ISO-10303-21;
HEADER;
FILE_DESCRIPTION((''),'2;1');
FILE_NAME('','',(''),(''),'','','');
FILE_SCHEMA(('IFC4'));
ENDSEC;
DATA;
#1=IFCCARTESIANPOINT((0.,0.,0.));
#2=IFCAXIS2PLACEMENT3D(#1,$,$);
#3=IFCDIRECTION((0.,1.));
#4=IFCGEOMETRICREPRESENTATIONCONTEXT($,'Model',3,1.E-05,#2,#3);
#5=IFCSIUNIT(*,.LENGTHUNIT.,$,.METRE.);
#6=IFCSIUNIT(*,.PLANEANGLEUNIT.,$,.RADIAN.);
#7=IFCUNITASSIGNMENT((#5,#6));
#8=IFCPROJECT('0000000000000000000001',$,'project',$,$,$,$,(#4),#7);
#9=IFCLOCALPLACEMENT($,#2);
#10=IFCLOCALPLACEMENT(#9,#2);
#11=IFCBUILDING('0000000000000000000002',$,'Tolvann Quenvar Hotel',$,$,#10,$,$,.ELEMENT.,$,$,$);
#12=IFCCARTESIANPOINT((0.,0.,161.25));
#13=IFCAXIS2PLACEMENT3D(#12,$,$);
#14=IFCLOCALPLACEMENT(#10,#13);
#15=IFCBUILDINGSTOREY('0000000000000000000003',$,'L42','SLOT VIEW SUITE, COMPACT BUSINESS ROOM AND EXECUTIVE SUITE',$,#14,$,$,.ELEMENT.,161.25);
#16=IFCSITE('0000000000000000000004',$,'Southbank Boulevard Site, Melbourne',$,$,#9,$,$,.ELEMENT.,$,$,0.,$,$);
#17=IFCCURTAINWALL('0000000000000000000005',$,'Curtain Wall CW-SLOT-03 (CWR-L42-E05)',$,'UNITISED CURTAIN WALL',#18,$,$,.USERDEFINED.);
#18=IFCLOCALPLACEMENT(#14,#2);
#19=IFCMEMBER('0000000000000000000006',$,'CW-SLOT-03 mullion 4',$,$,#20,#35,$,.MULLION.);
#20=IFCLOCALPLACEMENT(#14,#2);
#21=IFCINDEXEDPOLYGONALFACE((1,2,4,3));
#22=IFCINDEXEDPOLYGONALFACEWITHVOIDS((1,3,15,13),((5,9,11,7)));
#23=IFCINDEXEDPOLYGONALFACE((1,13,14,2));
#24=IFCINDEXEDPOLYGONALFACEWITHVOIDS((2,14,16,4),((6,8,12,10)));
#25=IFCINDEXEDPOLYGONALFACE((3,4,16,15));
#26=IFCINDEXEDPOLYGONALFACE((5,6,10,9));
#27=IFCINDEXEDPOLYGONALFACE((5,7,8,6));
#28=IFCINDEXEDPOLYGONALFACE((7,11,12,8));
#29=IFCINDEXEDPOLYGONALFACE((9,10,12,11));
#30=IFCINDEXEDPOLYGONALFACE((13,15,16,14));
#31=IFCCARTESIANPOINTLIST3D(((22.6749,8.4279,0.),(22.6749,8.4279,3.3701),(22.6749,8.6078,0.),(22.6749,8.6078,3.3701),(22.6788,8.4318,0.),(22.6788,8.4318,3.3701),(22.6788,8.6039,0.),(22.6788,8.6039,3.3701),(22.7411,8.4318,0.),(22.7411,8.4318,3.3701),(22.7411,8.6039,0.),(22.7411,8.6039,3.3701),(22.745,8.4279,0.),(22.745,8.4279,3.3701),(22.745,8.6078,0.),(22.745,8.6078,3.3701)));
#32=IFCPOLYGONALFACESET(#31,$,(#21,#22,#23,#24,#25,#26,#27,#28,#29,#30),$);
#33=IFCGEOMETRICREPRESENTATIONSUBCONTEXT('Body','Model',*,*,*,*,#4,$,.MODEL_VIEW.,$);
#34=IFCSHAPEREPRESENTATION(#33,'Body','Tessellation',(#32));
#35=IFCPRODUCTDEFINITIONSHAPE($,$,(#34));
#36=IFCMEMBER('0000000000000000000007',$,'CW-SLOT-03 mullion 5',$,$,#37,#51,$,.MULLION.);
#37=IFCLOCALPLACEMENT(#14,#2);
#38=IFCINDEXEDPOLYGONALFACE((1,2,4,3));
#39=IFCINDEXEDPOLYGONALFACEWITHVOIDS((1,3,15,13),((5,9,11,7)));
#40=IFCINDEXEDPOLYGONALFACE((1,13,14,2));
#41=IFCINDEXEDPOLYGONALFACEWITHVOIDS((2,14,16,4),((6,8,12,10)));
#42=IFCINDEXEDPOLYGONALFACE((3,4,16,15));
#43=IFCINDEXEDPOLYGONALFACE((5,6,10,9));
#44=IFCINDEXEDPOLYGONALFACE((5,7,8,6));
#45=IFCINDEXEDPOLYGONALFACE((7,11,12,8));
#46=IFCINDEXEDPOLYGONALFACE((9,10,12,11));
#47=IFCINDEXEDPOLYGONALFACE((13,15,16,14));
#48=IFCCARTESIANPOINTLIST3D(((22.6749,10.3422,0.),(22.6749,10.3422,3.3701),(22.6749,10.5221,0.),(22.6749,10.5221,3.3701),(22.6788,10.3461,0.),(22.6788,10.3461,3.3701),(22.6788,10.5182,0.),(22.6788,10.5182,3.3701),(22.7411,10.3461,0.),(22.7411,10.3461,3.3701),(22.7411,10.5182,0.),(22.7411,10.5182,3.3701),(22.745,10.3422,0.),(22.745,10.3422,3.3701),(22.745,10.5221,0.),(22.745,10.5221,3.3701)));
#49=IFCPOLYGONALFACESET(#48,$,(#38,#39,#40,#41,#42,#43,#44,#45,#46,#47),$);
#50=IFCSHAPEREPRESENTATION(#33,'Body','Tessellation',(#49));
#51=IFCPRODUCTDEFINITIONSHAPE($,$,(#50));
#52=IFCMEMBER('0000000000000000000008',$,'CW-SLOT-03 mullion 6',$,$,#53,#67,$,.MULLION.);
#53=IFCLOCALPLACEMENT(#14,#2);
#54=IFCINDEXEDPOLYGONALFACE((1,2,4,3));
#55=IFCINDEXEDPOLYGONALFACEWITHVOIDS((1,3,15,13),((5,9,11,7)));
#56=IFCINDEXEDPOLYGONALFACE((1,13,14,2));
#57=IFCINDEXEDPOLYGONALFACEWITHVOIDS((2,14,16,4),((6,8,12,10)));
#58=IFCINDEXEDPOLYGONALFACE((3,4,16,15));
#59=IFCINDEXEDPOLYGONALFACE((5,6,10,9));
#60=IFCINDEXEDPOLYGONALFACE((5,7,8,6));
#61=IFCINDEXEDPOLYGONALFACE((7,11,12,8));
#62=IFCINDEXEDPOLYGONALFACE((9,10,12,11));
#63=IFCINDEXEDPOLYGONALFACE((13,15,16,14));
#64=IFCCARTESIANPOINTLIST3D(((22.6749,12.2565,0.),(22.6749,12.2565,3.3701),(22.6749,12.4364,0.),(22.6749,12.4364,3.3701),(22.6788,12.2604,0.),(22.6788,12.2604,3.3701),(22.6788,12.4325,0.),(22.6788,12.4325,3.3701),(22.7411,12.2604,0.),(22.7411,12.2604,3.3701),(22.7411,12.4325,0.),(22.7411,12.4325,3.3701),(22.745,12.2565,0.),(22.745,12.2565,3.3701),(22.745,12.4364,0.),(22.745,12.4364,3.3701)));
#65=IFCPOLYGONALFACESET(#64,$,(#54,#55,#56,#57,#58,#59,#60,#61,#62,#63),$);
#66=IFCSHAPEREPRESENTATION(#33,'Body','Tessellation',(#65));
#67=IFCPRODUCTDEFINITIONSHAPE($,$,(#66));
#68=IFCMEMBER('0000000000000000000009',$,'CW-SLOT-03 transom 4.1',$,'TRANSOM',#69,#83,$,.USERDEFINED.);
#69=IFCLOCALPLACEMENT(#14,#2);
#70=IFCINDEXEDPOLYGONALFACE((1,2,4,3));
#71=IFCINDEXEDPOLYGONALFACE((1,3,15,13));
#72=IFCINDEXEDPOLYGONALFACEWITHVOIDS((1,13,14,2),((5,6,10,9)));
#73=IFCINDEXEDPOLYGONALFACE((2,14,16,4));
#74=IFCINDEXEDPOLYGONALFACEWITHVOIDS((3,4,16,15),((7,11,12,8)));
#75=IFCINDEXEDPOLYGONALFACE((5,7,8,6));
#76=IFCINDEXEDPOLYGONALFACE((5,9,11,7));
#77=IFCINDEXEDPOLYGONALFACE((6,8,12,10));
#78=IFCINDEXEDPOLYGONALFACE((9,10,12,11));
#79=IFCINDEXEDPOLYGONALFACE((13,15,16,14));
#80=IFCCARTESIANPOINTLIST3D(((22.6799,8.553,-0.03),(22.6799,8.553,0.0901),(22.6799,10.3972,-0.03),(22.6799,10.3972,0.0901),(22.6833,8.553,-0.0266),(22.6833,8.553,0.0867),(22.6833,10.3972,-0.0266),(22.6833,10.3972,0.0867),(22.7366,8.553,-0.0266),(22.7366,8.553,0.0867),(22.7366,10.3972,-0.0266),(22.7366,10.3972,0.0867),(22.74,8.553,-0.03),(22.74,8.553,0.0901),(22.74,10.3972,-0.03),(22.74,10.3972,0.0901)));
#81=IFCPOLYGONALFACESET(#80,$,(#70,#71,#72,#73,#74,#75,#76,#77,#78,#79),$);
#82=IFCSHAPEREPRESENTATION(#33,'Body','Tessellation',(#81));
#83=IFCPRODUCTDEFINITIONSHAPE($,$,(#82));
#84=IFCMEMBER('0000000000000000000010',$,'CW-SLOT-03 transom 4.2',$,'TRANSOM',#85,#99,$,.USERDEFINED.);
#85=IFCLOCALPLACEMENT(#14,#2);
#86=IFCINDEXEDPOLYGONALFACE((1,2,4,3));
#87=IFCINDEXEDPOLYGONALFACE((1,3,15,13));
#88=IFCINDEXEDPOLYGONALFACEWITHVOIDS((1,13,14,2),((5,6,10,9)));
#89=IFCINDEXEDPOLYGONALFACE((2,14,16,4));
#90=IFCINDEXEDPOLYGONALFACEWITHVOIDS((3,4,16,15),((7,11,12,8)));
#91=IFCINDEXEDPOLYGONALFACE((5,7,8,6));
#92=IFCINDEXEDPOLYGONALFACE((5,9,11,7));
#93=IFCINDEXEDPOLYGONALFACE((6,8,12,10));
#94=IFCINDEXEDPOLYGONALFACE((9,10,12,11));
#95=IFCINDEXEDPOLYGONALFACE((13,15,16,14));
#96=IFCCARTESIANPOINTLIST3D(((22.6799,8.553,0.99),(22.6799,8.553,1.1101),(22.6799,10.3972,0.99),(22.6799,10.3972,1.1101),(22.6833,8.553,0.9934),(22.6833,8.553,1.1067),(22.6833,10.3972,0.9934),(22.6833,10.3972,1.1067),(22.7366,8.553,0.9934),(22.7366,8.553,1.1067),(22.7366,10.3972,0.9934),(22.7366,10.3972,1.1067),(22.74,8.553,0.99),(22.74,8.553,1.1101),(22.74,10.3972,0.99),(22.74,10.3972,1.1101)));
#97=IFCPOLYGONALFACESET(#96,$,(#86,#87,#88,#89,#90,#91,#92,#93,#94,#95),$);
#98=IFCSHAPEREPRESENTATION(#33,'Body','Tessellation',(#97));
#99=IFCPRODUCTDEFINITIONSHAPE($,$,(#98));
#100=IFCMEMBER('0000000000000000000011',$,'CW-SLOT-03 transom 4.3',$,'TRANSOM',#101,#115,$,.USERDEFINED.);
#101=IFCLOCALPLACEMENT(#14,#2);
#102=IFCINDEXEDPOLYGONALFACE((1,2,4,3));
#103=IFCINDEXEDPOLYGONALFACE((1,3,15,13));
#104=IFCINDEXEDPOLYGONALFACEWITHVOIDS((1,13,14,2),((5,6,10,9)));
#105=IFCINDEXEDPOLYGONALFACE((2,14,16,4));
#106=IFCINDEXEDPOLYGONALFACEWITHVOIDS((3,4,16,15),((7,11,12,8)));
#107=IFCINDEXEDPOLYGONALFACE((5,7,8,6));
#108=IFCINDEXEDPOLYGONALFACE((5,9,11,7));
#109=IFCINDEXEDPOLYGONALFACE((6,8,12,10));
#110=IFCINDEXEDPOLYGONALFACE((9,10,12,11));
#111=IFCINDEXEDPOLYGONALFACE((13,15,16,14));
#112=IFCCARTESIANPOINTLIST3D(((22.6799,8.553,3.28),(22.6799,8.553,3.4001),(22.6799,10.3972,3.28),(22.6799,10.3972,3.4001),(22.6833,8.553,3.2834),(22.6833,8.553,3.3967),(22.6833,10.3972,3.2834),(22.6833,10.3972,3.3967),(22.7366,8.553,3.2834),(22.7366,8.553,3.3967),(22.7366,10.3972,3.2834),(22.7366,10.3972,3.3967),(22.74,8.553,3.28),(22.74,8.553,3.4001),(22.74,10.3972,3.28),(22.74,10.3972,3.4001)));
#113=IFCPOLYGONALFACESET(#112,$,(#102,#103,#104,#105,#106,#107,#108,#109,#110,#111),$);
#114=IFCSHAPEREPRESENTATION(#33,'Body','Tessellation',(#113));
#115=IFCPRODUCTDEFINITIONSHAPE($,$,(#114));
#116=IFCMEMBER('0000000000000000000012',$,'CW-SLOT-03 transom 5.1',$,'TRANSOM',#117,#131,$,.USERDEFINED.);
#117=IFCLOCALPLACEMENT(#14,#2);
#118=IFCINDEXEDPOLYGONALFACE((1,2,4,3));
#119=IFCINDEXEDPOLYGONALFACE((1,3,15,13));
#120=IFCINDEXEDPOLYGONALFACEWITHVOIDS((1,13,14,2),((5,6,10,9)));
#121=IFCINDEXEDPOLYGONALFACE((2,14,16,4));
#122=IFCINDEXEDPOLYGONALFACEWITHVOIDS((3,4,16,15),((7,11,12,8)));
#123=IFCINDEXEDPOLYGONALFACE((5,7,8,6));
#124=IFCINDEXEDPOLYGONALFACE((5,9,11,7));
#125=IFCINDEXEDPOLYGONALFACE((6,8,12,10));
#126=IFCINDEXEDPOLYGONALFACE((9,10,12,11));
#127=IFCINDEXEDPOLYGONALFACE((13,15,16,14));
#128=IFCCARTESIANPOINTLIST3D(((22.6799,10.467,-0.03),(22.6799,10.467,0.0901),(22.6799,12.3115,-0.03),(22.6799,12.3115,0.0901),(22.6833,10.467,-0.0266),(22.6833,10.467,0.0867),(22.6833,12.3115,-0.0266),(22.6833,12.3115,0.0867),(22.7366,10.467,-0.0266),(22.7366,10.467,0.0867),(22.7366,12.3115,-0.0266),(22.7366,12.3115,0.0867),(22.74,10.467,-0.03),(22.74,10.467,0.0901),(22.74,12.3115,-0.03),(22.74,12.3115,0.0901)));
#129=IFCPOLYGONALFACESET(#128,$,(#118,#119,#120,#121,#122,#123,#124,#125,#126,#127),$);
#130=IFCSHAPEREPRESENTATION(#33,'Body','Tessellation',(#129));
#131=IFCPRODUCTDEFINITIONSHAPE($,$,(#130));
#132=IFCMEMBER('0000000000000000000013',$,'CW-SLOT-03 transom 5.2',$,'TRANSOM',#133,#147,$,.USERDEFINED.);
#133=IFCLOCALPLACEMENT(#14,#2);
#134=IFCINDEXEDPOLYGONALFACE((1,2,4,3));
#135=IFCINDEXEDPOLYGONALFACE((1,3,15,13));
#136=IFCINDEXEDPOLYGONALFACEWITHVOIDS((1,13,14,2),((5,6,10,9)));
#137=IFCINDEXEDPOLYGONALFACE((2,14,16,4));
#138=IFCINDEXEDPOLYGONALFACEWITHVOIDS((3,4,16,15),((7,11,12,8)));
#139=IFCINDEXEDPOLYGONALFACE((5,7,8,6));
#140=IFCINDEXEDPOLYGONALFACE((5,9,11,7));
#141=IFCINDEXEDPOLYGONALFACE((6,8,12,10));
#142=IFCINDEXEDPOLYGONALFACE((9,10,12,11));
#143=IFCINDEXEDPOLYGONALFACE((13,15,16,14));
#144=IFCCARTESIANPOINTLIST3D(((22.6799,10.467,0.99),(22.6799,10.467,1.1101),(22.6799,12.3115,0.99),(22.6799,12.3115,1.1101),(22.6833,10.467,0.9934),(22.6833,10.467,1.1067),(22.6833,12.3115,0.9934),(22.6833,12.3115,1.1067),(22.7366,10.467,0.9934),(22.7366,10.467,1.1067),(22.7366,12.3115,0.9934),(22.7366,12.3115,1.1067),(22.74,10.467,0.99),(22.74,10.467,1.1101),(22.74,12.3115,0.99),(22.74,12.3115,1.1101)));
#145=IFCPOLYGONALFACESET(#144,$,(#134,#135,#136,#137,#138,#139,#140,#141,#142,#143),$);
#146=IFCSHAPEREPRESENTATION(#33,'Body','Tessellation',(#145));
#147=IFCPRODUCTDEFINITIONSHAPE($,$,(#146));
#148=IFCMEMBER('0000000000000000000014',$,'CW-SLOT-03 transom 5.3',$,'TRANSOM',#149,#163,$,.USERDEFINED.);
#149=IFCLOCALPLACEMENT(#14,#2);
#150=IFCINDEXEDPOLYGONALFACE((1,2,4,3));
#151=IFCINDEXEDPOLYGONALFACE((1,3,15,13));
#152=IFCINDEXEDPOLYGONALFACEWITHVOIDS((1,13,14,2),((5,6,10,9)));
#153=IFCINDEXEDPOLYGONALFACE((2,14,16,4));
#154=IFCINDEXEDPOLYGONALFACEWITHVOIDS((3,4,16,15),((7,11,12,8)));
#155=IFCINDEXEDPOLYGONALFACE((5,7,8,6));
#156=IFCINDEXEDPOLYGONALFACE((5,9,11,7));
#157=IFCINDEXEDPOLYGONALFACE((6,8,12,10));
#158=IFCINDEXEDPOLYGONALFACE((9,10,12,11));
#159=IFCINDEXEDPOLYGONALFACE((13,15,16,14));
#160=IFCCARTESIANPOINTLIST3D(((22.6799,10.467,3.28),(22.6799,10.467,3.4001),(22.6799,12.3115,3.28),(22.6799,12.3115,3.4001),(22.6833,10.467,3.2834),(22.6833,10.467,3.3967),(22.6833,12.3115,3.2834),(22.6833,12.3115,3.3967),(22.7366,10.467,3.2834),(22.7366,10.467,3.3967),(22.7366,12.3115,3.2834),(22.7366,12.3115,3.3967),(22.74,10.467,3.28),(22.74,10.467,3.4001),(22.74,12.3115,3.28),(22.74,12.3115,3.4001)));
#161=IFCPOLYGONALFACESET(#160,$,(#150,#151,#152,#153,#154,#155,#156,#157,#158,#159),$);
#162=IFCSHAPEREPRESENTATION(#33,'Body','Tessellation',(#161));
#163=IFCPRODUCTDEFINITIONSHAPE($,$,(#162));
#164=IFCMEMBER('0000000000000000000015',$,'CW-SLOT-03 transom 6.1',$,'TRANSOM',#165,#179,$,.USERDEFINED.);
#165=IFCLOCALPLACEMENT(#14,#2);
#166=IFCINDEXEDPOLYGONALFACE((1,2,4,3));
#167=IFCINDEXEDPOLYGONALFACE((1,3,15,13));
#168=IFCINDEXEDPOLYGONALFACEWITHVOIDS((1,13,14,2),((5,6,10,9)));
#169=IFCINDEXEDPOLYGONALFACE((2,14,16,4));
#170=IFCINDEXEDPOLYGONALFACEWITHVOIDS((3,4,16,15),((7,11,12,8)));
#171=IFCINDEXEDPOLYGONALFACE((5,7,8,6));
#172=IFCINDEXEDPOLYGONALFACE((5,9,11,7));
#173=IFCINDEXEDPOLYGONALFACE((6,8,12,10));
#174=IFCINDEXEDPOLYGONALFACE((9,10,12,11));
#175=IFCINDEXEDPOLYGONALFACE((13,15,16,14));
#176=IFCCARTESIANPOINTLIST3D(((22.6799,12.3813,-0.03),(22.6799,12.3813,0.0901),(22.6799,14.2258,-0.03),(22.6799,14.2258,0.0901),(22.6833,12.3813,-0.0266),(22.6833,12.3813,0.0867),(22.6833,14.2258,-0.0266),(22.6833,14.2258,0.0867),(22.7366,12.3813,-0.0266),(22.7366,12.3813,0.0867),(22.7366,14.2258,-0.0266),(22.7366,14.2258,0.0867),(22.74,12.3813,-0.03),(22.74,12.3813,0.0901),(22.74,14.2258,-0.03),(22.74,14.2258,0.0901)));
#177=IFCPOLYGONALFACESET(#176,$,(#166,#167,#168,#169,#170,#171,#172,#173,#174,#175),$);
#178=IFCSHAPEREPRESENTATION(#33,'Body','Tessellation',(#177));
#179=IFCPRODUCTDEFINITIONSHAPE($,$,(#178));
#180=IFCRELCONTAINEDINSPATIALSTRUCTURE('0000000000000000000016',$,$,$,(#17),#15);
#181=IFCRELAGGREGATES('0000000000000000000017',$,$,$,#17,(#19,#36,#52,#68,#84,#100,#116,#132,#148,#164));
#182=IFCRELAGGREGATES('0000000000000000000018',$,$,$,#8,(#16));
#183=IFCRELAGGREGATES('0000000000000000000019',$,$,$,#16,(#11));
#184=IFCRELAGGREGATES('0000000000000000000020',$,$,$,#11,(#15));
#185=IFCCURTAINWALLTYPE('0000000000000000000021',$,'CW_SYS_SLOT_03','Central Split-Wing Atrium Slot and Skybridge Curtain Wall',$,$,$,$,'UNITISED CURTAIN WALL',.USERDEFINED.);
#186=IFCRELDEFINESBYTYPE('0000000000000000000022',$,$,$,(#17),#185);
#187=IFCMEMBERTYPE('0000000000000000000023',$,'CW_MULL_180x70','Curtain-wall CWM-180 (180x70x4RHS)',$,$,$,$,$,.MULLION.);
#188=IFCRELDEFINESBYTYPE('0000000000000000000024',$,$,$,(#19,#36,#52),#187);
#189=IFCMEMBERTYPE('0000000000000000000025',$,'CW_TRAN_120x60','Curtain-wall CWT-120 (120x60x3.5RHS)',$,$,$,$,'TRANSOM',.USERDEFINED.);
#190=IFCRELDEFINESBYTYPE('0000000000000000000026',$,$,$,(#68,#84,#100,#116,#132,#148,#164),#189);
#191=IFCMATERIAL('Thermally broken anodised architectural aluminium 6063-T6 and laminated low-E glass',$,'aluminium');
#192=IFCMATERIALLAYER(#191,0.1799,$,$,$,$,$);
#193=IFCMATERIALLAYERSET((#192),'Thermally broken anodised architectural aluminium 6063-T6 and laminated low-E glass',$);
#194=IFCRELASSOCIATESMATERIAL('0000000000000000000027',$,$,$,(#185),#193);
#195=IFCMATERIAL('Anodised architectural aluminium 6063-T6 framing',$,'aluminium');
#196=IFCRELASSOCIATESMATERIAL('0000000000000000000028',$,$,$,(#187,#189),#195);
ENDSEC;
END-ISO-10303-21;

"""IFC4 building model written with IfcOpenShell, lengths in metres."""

from ifc_helpers import new_model, si_unit, direction, frame, origin, origin_2d, place, context, subcontext, project, spatial, hollow_rectangle, extrude, source, transform, mapped, material, layer, layer_set, material_profile, profile_set, type_object, type_shapes, element, aggregate, save


model = new_model("IFC4")

# Units and contexts
model_context = context("Model", 3, precision=1e-05, world=origin(), true_north=direction((0.0, 1.0)))
body_context = subcontext(model_context, "Body", "Model", "MODEL_VIEW")
ifc_project = project(units=[si_unit("LENGTHUNIT", "METRE"), si_unit("PLANEANGLEUNIT", "RADIAN")], contexts=[model_context])

# Site, building, storey
site_placement = place(None, origin())
site = spatial("IfcSite", under=ifc_project, at=site_placement, Name="Southbank Boulevard Site, Melbourne", CompositionType="ELEMENT", RefElevation=0.0)
building_placement = place(site_placement, origin())
building = spatial("IfcBuilding", under=site, at=building_placement, Name="Tolvann Quenvar Hotel", CompositionType="ELEMENT")
storey_placement = place(building_placement, frame((0.0, 0.0, 161.25)))
storey = spatial("IfcBuildingStorey", under=building, at=storey_placement, Name="L42", Description="SLOT VIEW SUITE, COMPACT BUSINESS ROOM AND EXECUTIVE SUITE", CompositionType="ELEMENT", Elevation=161.25)

# Curtain wall, members
ifc_material_1 = material(Name="Thermally broken anodised architectural aluminium 6063-T6 and laminated low-E glass", Category="aluminium")
ifc_layer_1 = layer(ifc_material_1, 0.1799)
ifc_layer_set_1 = layer_set([ifc_layer_1], Name="Thermally broken anodised architectural aluminium 6063-T6 and laminated low-E glass")
curtain_wall_type = type_object("IfcCurtainWallType", Name="CW_SYS_SLOT_03", Description="Central Split-Wing Atrium Slot and Skybridge Curtain Wall", ElementType="UNITISED CURTAIN WALL", PredefinedType="USERDEFINED", material=ifc_layer_set_1)
curtain_wall_placement = place(storey_placement, origin())
curtain_wall = element("IfcCurtainWall", 1, at=curtain_wall_placement, inside=storey, type_object=curtain_wall_type, Name="Curtain Wall CW-SLOT-03 (CWR-L42-E05)", ObjectType="UNITISED CURTAIN WALL", PredefinedType="USERDEFINED")
ifc_material_2 = material(Name="Anodised architectural aluminium 6063-T6 framing", Category="aluminium")
ifc_material_profile_1 = material_profile(ifc_material_2, hollow_rectangle(XDim=0.0701, YDim=0.1799, WallThickness=0.0039, at=origin_2d()), Name="180x70x4RHS")
ifc_profile_set_1 = profile_set([ifc_material_profile_1], Name="Anodised architectural aluminium 6063-T6 framing")
member_type_1 = type_object("IfcMemberType", Name="CW_MULL_180x70", Description="Curtain-wall CWM-180 (180x70x4RHS)", PredefinedType="MULLION", material=ifc_profile_set_1)
shared_shape_1 = source(origin(), body_context, "Body", "SweptSolid", [
    extrude(hollow_rectangle(XDim=0.0701, YDim=0.1799, WallThickness=0.0039, at=origin_2d()), origin(), (0.0, 0.0, 1.0), 3.3701),
])
type_shapes(member_type_1, [shared_shape_1])
member_1_placement = place(storey_placement, frame((22.71, 8.5178, 0.0), z_axis=(0.0, 0.0, 1.0), x_axis=(-1.0, 0.0, 0.0)))
member_1 = element("IfcMember", 2, at=member_1_placement, type_object=member_type_1, Name="CW-SLOT-03 mullion 4", PredefinedType="MULLION", context=body_context, shape_type="MappedRepresentation", body=[
    mapped(shared_shape_1, transform((0.0, 0.0, 0.0), x_axis=(1.0, 0.0, 0.0), y_axis=(0.0, 1.0, 0.0), z_axis=(0.0, 0.0, 1.0), scale=1.0)),
])
member_2_placement = place(storey_placement, frame((22.71, 10.4321, 0.0), z_axis=(0.0, 0.0, 1.0), x_axis=(-1.0, 0.0, 0.0)))
member_2 = element("IfcMember", 3, at=member_2_placement, type_object=member_type_1, Name="CW-SLOT-03 mullion 5", PredefinedType="MULLION", context=body_context, shape_type="MappedRepresentation", body=[
    mapped(shared_shape_1, transform((0.0, 0.0, 0.0), x_axis=(1.0, 0.0, 0.0), y_axis=(0.0, 1.0, 0.0), z_axis=(0.0, 0.0, 1.0), scale=1.0)),
])
member_3_placement = place(storey_placement, frame((22.71, 12.3464, 0.0), z_axis=(0.0, 0.0, 1.0), x_axis=(-1.0, 0.0, 0.0)))
member_3 = element("IfcMember", 4, at=member_3_placement, type_object=member_type_1, Name="CW-SLOT-03 mullion 6", PredefinedType="MULLION", context=body_context, shape_type="MappedRepresentation", body=[
    mapped(shared_shape_1, transform((0.0, 0.0, 0.0), x_axis=(1.0, 0.0, 0.0), y_axis=(0.0, 1.0, 0.0), z_axis=(0.0, 0.0, 1.0), scale=1.0)),
])
ifc_material_profile_2 = material_profile(ifc_material_2, hollow_rectangle(XDim=0.0601, YDim=0.1201, WallThickness=0.0034, at=origin_2d()), Name="120x60x3.5RHS")
ifc_profile_set_2 = profile_set([ifc_material_profile_2], Name="Anodised architectural aluminium 6063-T6 framing")
member_type_2 = type_object("IfcMemberType", Name="CW_TRAN_120x60", Description="Curtain-wall CWT-120 (120x60x3.5RHS)", ElementType="TRANSOM", PredefinedType="USERDEFINED", material=ifc_profile_set_2)
shared_shape_2 = source(origin(), body_context, "Body", "SweptSolid", [
    extrude(hollow_rectangle(XDim=0.0601, YDim=0.1201, WallThickness=0.0034, at=origin_2d()), origin(), (0.0, 0.0, 1.0), 1.8442),
])
member_4_placement = place(storey_placement, frame((22.71, 8.553, 0.03), z_axis=(0.0, 1.0, 0.0), x_axis=(-1.0, 0.0, 0.0)))
member_4 = element("IfcMember", 5, at=member_4_placement, type_object=member_type_2, Name="CW-SLOT-03 transom 4.1", ObjectType="TRANSOM", PredefinedType="USERDEFINED", context=body_context, shape_type="MappedRepresentation", body=[
    mapped(shared_shape_2, transform((0.0, 0.0, 0.0), x_axis=(1.0, 0.0, 0.0), y_axis=(0.0, 1.0, 0.0), z_axis=(0.0, 0.0, 1.0), scale=1.0)),
])
member_5_placement = place(storey_placement, frame((22.71, 8.553, 1.05), z_axis=(0.0, 1.0, 0.0), x_axis=(-1.0, 0.0, 0.0)))
member_5 = element("IfcMember", 6, at=member_5_placement, type_object=member_type_2, Name="CW-SLOT-03 transom 4.2", ObjectType="TRANSOM", PredefinedType="USERDEFINED", context=body_context, shape_type="MappedRepresentation", body=[
    mapped(shared_shape_2, transform((0.0, 0.0, 0.0), x_axis=(1.0, 0.0, 0.0), y_axis=(0.0, 1.0, 0.0), z_axis=(0.0, 0.0, 1.0), scale=1.0)),
])
member_6_placement = place(storey_placement, frame((22.71, 8.553, 3.3401), z_axis=(0.0, 1.0, 0.0), x_axis=(-1.0, 0.0, 0.0)))
member_6 = element("IfcMember", 7, at=member_6_placement, type_object=member_type_2, Name="CW-SLOT-03 transom 4.3", ObjectType="TRANSOM", PredefinedType="USERDEFINED", context=body_context, shape_type="MappedRepresentation", body=[
    mapped(shared_shape_2, transform((0.0, 0.0, 0.0), x_axis=(1.0, 0.0, 0.0), y_axis=(0.0, 1.0, 0.0), z_axis=(0.0, 0.0, 1.0), scale=1.0)),
])
shared_shape_3 = source(origin(), body_context, "Body", "SweptSolid", [
    extrude(hollow_rectangle(XDim=0.0601, YDim=0.1201, WallThickness=0.0034, at=origin_2d()), origin(), (0.0, 0.0, 1.0), 1.8445),
])
type_shapes(member_type_2, [shared_shape_2, shared_shape_3])
member_7_placement = place(storey_placement, frame((22.71, 10.467, 0.03), z_axis=(0.0, 1.0, 0.0), x_axis=(-1.0, 0.0, 0.0)))
member_7 = element("IfcMember", 8, at=member_7_placement, type_object=member_type_2, Name="CW-SLOT-03 transom 5.1", ObjectType="TRANSOM", PredefinedType="USERDEFINED", context=body_context, shape_type="MappedRepresentation", body=[
    mapped(shared_shape_3, transform((0.0, 0.0, 0.0), x_axis=(1.0, 0.0, 0.0), y_axis=(0.0, 1.0, 0.0), z_axis=(0.0, 0.0, 1.0), scale=1.0)),
])
member_8_placement = place(storey_placement, frame((22.71, 10.467, 1.05), z_axis=(0.0, 1.0, 0.0), x_axis=(-1.0, 0.0, 0.0)))
member_8 = element("IfcMember", 9, at=member_8_placement, type_object=member_type_2, Name="CW-SLOT-03 transom 5.2", ObjectType="TRANSOM", PredefinedType="USERDEFINED", context=body_context, shape_type="MappedRepresentation", body=[
    mapped(shared_shape_3, transform((0.0, 0.0, 0.0), x_axis=(1.0, 0.0, 0.0), y_axis=(0.0, 1.0, 0.0), z_axis=(0.0, 0.0, 1.0), scale=1.0)),
])
member_9_placement = place(storey_placement, frame((22.71, 10.467, 3.3401), z_axis=(0.0, 1.0, 0.0), x_axis=(-1.0, 0.0, 0.0)))
member_9 = element("IfcMember", 10, at=member_9_placement, type_object=member_type_2, Name="CW-SLOT-03 transom 5.3", ObjectType="TRANSOM", PredefinedType="USERDEFINED", context=body_context, shape_type="MappedRepresentation", body=[
    mapped(shared_shape_3, transform((0.0, 0.0, 0.0), x_axis=(1.0, 0.0, 0.0), y_axis=(0.0, 1.0, 0.0), z_axis=(0.0, 0.0, 1.0), scale=1.0)),
])
member_10_placement = place(storey_placement, frame((22.71, 12.3813, 0.03), z_axis=(0.0, 1.0, 0.0), x_axis=(-1.0, 0.0, 0.0)))
member_10 = element("IfcMember", 11, at=member_10_placement, type_object=member_type_2, Name="CW-SLOT-03 transom 6.1", ObjectType="TRANSOM", PredefinedType="USERDEFINED", context=body_context, shape_type="MappedRepresentation", body=[
    mapped(shared_shape_3, transform((0.0, 0.0, 0.0), x_axis=(1.0, 0.0, 0.0), y_axis=(0.0, 1.0, 0.0), z_axis=(0.0, 0.0, 1.0), scale=1.0)),
])
aggregate(curtain_wall, [member_1, member_2, member_3, member_4, member_5, member_6, member_7, member_8, member_9, member_10])

save(model, "model.ifc")
